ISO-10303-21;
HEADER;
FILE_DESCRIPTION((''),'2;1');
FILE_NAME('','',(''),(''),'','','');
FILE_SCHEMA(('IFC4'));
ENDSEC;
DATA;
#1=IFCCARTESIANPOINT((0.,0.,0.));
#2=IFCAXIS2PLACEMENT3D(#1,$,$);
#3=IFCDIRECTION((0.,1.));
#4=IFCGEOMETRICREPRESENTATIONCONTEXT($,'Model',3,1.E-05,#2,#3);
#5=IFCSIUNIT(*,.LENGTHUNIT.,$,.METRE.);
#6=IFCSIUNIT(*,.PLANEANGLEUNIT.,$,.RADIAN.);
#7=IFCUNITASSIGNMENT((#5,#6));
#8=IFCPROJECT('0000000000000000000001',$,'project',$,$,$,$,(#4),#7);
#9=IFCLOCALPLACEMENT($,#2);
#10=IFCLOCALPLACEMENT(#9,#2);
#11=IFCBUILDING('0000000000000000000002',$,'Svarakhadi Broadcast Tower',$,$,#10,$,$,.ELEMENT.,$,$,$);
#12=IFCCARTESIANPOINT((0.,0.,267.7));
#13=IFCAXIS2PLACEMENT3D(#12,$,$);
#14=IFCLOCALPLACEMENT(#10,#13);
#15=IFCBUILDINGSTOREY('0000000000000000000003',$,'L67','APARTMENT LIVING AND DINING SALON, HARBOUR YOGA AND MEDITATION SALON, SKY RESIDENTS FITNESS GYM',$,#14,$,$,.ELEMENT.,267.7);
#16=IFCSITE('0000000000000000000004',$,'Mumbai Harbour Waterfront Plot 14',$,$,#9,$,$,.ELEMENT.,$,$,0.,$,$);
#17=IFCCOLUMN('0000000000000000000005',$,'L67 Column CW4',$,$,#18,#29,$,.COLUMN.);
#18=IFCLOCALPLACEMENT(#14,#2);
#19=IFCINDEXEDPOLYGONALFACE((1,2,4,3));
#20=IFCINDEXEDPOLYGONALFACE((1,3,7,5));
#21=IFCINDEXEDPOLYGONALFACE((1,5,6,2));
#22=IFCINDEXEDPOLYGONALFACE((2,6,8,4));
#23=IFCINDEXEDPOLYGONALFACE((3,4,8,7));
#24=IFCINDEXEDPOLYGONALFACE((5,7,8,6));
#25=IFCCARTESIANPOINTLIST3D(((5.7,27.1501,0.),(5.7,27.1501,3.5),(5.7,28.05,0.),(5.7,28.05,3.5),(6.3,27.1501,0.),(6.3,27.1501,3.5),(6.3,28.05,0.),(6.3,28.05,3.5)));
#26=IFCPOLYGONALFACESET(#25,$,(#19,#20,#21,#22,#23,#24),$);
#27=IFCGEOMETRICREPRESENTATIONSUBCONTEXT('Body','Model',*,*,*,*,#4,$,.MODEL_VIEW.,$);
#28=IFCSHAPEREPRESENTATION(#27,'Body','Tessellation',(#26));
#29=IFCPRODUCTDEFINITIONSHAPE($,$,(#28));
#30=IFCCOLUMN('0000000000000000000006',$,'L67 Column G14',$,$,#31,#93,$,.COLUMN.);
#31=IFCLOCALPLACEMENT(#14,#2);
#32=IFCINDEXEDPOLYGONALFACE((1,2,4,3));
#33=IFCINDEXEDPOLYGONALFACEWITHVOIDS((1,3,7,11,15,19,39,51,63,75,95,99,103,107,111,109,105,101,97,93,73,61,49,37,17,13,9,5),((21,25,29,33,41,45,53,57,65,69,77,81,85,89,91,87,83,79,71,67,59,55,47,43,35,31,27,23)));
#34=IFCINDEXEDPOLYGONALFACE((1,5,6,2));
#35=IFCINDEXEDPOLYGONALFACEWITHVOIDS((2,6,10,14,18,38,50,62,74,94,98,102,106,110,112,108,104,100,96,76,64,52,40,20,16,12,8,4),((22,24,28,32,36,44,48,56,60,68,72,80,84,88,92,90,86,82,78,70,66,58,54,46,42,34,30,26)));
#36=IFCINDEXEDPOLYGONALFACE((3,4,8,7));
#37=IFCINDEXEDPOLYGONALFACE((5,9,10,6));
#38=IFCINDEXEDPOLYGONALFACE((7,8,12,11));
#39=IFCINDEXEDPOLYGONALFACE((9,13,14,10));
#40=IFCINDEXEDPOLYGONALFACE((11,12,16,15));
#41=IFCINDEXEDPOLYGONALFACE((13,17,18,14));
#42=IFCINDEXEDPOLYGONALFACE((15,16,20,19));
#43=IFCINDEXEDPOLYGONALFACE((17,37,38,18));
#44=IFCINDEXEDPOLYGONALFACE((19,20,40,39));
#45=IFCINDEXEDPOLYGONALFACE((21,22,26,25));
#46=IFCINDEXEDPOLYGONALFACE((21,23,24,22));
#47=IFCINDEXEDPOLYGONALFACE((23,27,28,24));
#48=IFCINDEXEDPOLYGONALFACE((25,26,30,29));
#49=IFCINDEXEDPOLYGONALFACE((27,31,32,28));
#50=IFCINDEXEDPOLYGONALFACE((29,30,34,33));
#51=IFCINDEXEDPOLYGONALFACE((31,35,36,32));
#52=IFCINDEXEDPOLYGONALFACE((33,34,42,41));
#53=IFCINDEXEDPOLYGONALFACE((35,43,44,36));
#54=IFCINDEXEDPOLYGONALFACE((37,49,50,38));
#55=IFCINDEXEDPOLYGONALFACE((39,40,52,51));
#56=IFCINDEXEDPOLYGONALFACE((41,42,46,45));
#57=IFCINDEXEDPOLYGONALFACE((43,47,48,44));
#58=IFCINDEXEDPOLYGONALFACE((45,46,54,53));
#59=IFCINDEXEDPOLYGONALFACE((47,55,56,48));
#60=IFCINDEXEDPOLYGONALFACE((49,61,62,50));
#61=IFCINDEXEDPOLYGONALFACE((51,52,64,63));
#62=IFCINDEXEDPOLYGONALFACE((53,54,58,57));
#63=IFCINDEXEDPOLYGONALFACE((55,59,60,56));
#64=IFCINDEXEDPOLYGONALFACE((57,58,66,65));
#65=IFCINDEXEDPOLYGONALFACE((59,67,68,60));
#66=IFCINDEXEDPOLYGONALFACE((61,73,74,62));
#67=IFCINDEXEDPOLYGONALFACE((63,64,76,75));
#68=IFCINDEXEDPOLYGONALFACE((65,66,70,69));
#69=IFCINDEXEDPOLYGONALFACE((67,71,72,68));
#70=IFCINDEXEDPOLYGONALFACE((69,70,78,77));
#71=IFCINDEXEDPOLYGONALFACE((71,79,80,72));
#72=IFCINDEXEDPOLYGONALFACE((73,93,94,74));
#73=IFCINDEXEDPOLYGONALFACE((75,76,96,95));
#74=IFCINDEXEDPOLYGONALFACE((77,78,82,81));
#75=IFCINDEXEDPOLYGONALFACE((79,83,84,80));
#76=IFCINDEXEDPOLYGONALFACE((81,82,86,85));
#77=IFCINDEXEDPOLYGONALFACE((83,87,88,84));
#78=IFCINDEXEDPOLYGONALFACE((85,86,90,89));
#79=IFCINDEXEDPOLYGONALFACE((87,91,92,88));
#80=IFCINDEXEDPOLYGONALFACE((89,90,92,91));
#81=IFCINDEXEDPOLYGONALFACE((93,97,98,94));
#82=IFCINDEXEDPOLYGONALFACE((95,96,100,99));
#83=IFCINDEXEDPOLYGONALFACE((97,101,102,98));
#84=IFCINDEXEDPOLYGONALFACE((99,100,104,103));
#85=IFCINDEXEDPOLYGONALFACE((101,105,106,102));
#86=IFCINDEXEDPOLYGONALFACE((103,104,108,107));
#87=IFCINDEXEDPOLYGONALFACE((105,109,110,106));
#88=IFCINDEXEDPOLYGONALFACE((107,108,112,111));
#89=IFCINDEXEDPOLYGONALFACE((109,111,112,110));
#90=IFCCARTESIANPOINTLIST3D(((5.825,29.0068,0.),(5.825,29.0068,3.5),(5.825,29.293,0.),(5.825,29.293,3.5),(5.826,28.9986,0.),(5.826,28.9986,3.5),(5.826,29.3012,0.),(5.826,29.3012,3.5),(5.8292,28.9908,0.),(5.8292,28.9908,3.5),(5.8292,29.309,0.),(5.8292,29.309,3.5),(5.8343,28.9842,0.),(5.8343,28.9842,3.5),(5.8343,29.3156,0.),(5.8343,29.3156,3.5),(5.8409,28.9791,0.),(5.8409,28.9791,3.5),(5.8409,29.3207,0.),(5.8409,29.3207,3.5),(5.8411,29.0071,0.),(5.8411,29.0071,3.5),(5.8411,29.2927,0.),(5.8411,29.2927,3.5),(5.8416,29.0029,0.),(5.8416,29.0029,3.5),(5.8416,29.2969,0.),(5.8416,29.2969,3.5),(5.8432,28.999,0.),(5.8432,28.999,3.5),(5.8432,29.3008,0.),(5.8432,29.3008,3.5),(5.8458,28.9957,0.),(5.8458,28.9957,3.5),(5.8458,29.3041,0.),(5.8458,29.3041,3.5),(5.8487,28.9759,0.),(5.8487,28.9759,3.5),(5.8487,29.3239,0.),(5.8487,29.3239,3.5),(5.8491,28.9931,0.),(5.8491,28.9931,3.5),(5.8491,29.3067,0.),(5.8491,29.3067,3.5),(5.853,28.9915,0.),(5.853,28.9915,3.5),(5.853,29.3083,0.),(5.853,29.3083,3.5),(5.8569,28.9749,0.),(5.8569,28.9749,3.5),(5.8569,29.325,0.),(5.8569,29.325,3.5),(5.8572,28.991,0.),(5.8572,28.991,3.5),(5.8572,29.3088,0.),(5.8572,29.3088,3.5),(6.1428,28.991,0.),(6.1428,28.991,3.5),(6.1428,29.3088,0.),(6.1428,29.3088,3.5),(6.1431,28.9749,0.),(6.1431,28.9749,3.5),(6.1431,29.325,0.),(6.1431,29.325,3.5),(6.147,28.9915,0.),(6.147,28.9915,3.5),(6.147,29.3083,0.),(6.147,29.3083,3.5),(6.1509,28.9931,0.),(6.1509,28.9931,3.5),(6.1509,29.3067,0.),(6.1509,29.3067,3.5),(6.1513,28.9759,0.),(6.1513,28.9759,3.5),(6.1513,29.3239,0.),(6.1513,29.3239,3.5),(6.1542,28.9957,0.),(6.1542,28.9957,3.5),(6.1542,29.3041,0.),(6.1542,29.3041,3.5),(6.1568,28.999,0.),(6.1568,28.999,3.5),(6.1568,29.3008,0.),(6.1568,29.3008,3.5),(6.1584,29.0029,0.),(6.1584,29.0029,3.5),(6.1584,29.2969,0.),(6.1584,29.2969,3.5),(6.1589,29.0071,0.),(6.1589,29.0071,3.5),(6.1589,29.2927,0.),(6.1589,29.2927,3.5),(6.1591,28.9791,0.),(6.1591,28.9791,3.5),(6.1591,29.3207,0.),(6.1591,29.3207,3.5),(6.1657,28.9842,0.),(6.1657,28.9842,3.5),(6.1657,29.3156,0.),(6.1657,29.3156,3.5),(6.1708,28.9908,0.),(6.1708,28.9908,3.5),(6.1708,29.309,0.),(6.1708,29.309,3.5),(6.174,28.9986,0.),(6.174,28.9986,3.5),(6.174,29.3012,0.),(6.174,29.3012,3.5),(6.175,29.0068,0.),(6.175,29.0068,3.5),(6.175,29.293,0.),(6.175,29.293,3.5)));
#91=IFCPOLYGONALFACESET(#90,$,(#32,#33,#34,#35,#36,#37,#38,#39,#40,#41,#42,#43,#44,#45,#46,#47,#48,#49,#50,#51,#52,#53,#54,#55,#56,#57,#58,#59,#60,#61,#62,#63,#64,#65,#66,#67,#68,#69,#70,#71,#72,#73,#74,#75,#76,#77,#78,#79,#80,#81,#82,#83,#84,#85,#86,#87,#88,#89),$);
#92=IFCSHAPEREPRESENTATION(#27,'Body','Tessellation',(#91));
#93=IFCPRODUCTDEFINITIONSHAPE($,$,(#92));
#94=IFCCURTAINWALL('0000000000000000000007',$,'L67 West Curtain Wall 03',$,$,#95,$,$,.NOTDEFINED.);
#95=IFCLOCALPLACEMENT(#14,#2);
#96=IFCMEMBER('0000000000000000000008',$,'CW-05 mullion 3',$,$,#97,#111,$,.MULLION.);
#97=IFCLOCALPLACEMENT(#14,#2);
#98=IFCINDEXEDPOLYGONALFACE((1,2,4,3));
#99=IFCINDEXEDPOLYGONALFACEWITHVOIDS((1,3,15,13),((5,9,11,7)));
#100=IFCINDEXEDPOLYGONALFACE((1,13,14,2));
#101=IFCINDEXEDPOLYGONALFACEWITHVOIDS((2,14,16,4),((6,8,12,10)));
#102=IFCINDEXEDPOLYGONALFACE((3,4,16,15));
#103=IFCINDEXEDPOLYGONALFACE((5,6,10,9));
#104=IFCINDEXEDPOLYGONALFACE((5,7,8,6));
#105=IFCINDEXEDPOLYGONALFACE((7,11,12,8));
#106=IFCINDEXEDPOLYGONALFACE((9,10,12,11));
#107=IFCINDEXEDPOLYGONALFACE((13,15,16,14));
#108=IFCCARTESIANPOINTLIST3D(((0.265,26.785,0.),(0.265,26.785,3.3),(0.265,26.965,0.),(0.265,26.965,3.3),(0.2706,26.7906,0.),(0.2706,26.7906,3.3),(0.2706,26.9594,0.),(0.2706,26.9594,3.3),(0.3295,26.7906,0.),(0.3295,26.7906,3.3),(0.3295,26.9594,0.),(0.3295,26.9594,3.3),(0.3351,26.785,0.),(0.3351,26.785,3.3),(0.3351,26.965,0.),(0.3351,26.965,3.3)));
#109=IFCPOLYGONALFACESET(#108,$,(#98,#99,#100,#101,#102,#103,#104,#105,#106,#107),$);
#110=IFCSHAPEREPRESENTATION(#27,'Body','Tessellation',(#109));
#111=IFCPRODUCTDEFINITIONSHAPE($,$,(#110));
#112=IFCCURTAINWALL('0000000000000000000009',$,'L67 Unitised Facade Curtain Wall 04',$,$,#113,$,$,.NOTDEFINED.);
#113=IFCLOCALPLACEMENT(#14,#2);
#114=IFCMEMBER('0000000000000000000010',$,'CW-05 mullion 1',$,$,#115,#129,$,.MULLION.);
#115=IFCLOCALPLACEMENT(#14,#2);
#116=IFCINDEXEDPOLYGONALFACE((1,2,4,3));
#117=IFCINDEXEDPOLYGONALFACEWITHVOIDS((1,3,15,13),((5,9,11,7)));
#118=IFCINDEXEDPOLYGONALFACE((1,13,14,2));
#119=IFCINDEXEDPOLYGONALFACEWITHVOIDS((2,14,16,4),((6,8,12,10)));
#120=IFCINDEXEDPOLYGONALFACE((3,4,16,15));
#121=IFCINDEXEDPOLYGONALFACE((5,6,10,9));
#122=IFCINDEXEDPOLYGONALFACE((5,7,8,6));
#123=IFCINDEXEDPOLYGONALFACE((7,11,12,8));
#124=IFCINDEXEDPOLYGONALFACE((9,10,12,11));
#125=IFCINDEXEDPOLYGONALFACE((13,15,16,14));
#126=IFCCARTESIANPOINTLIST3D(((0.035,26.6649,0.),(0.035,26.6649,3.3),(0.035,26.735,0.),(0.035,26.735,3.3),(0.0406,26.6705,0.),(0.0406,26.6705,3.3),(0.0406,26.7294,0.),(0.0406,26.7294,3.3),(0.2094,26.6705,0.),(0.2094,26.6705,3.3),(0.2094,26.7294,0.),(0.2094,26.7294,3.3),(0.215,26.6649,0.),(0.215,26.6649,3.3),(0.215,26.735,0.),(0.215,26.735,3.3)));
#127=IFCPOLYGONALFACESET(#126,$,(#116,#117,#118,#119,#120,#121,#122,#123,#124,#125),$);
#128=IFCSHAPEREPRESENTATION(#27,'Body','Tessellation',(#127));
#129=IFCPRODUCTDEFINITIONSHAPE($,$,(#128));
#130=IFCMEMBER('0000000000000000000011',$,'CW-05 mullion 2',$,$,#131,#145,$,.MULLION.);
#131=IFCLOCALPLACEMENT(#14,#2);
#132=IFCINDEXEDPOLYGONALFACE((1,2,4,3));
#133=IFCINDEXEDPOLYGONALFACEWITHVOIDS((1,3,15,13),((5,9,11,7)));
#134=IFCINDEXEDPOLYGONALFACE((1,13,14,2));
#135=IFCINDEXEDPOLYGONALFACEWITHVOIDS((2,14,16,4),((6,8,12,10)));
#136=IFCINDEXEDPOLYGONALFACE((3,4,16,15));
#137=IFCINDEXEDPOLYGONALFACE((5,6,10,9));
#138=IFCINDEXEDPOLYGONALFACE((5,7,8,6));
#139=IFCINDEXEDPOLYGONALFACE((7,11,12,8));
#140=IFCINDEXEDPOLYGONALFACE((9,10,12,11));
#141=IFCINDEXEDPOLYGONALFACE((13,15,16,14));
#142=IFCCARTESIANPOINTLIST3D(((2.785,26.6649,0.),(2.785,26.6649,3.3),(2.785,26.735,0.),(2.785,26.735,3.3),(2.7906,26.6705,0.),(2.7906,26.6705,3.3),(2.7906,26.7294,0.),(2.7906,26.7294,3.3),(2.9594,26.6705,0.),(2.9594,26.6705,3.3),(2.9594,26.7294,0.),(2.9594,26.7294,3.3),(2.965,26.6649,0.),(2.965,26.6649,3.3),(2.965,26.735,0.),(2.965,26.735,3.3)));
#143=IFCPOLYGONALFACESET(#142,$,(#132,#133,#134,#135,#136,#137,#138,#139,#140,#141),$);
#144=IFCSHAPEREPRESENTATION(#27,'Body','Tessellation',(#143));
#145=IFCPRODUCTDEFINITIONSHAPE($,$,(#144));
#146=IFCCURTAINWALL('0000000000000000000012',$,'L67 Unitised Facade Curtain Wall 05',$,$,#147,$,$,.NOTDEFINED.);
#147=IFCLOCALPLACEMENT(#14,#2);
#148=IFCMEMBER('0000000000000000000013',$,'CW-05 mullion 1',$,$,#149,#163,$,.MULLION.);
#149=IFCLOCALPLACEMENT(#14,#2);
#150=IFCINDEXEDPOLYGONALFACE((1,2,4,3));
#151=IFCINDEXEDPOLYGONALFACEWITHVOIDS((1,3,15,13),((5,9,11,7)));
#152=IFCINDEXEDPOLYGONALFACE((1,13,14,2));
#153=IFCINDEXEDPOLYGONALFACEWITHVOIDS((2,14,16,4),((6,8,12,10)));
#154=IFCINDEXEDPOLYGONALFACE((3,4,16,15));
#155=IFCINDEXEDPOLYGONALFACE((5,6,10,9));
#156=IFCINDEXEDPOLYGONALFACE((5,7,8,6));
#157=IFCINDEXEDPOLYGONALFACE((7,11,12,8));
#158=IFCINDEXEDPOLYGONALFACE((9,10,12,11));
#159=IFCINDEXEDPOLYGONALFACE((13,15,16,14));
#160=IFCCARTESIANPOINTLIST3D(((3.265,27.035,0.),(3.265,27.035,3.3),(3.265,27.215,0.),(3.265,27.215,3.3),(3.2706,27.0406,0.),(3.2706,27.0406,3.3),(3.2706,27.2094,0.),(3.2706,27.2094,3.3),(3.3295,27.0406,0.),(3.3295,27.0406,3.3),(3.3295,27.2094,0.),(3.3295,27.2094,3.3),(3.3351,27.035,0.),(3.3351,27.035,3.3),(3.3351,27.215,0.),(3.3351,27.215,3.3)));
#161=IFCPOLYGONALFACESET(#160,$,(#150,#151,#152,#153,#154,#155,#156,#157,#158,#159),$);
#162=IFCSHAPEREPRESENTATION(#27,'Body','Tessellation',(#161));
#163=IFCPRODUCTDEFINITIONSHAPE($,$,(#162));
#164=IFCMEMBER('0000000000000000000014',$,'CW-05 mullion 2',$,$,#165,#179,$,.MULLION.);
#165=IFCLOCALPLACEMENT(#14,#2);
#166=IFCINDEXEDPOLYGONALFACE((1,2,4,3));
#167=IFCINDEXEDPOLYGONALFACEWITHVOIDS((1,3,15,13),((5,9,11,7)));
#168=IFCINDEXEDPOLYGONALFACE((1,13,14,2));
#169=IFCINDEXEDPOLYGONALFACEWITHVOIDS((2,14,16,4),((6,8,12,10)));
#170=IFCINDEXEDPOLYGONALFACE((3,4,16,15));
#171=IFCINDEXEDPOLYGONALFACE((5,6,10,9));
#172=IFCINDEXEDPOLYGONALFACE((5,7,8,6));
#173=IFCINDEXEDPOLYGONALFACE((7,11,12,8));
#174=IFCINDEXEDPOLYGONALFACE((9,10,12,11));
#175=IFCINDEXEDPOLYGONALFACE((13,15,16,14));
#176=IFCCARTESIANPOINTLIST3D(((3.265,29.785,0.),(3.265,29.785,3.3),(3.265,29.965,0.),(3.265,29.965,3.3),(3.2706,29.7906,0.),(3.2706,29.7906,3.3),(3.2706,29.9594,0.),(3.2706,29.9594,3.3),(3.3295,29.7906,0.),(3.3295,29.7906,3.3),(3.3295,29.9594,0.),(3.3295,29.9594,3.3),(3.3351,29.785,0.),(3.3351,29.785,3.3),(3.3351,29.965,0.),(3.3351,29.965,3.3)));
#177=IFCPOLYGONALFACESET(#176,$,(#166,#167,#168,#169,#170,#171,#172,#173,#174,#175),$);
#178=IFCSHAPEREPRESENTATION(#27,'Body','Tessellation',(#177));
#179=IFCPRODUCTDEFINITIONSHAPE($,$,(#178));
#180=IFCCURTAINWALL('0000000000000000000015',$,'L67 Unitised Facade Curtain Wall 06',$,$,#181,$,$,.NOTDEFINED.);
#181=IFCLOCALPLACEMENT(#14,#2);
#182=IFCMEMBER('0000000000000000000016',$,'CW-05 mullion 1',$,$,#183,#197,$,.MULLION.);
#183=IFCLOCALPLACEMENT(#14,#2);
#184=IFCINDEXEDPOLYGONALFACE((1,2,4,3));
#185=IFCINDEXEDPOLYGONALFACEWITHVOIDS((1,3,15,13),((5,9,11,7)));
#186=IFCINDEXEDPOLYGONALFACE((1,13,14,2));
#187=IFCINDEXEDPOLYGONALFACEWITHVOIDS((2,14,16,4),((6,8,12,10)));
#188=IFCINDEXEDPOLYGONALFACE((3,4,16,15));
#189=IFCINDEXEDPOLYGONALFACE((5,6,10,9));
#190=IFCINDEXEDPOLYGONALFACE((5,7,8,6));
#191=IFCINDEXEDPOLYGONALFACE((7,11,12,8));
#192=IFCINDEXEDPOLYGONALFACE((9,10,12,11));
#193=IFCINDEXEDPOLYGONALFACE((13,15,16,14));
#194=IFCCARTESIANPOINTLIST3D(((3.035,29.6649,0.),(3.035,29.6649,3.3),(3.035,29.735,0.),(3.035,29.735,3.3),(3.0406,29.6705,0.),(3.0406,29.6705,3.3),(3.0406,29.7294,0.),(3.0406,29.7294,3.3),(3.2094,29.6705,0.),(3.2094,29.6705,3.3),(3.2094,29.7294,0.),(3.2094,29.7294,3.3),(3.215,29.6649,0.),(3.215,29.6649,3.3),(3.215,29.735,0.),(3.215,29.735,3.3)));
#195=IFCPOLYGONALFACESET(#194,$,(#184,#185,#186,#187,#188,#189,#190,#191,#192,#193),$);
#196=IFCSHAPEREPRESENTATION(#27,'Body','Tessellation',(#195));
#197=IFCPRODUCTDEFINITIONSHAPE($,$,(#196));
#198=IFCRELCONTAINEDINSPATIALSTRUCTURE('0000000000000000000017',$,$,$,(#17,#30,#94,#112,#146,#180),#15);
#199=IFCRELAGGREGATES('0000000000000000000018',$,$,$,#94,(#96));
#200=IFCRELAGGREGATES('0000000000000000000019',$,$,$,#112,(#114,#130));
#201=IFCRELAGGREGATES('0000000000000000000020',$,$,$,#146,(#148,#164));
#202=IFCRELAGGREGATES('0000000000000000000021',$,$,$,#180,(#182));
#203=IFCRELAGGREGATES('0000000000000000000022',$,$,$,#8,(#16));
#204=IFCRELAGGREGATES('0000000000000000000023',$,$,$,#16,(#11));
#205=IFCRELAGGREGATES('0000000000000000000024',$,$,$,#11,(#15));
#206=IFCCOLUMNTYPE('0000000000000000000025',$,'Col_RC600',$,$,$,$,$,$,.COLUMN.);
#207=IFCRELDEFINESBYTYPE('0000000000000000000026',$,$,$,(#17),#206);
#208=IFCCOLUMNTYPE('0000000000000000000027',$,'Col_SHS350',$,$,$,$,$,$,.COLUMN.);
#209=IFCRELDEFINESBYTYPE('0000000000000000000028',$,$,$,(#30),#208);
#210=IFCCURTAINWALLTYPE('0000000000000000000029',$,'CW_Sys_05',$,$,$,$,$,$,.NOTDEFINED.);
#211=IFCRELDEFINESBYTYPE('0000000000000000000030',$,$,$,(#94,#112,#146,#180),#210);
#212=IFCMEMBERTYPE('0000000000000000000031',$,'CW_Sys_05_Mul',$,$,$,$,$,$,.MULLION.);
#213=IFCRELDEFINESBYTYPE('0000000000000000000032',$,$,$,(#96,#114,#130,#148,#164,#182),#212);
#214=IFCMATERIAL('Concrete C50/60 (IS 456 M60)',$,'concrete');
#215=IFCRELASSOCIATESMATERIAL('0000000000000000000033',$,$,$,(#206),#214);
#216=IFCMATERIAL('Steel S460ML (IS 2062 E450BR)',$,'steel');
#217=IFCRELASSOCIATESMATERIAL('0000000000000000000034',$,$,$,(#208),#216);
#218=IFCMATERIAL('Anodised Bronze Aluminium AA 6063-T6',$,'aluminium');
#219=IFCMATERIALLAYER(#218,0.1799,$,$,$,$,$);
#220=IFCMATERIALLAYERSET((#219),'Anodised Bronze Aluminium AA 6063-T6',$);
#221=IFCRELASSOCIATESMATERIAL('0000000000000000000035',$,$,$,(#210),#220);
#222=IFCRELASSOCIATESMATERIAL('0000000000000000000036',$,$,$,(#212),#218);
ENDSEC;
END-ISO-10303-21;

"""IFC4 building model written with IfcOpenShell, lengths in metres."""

from ifc_helpers import new_model, si_unit, direction, frame, origin, origin_2d, place, context, subcontext, project, spatial, rectangle, hollow_rectangle, extrude, material, layer, layer_set, material_profile, profile_set, type_object, element, aggregate, save


model = new_model("IFC4")

# Units and contexts
model_context = context("Model", 3, precision=1e-05, world=origin(), true_north=direction((0.0, 1.0)))
body_context = subcontext(model_context, "Body", "Model", "MODEL_VIEW")
ifc_project = project(units=[si_unit("LENGTHUNIT", "METRE"), si_unit("PLANEANGLEUNIT", "RADIAN")], contexts=[model_context])

# Site, building, storey
site_placement = place(None, origin())
site = spatial("IfcSite", under=ifc_project, at=site_placement, Name="Mumbai Harbour Waterfront Plot 14", CompositionType="ELEMENT", RefElevation=0.0)
building_placement = place(site_placement, origin())
building = spatial("IfcBuilding", under=site, at=building_placement, Name="Svarakhadi Broadcast Tower", CompositionType="ELEMENT")
storey_placement = place(building_placement, frame((0.0, 0.0, 267.7)))
storey = spatial("IfcBuildingStorey", under=building, at=storey_placement, Name="L67", Description="APARTMENT LIVING AND DINING SALON, HARBOUR YOGA AND MEDITATION SALON, SKY RESIDENTS FITNESS GYM", CompositionType="ELEMENT", Elevation=267.7)

# Columns
ifc_material_1 = material(Name="Concrete C50/60 (IS 456 M60)", Category="concrete")
ifc_material_profile_1 = material_profile(ifc_material_1, rectangle(XDim=0.6001, YDim=0.8999, at=origin_2d()), Name="RC 600x900")
ifc_profile_set_1 = profile_set([ifc_material_profile_1], Name="Concrete C50/60 (IS 456 M60)")
column_type_1 = type_object("IfcColumnType", Name="Col_RC600", PredefinedType="COLUMN", material=ifc_profile_set_1)
column_1_placement = place(storey_placement, frame((6.0, 27.6001, 0.0), z_axis=(0.0, 0.0, 1.0), x_axis=(1.0, 0.0, 0.0)))
element("IfcColumn", 1, at=column_1_placement, inside=storey, type_object=column_type_1, Name="L67 Column CW4", PredefinedType="COLUMN", context=body_context, shape_type="SweptSolid", body=[
    extrude(rectangle(XDim=0.6001, YDim=0.8999, at=origin_2d()), origin(), (0.0, 0.0, 1.0), 3.5),
])
ifc_material_2 = material(Name="Steel S460ML (IS 2062 E450BR)", Category="steel")
ifc_material_profile_2 = material_profile(ifc_material_2, hollow_rectangle(XDim=0.3501, YDim=0.3501, WallThickness=0.0161, InnerFilletRadius=0.0161, OuterFilletRadius=0.032, at=origin_2d()), Name="SHS 350x350x16")
ifc_profile_set_2 = profile_set([ifc_material_profile_2], Name="Steel S460ML (IS 2062 E450BR)")
column_type_2 = type_object("IfcColumnType", Name="Col_SHS350", PredefinedType="COLUMN", material=ifc_profile_set_2)
column_2_placement = place(storey_placement, frame((6.0, 29.1499, 0.0), z_axis=(0.0, 0.0, 1.0), x_axis=(1.0, 0.0, 0.0)))
element("IfcColumn", 2, at=column_2_placement, inside=storey, type_object=column_type_2, Name="L67 Column G14", PredefinedType="COLUMN", context=body_context, shape_type="SweptSolid", body=[
    extrude(hollow_rectangle(XDim=0.3501, YDim=0.3501, WallThickness=0.0161, InnerFilletRadius=0.0161, OuterFilletRadius=0.032, at=origin_2d()), origin(), (0.0, 0.0, 1.0), 3.5),
])

# Curtain wall, member
ifc_material_3 = material(Name="Anodised Bronze Aluminium AA 6063-T6", Category="aluminium")
ifc_layer_1 = layer(ifc_material_3, 0.1799)
ifc_layer_set_1 = layer_set([ifc_layer_1], Name="Anodised Bronze Aluminium AA 6063-T6")
curtain_wall_type = type_object("IfcCurtainWallType", Name="CW_Sys_05", PredefinedType="NOTDEFINED", material=ifc_layer_set_1)
curtain_wall_1_placement = place(storey_placement, origin())
curtain_wall_1 = element("IfcCurtainWall", 3, at=curtain_wall_1_placement, inside=storey, type_object=curtain_wall_type, Name="L67 West Curtain Wall 03", PredefinedType="NOTDEFINED")
ifc_material_profile_3 = material_profile(ifc_material_3, hollow_rectangle(XDim=0.0701, YDim=0.1799, WallThickness=0.0056, at=origin_2d()), Name="ALU MULLION 180x70x6")
ifc_profile_set_3 = profile_set([ifc_material_profile_3], Name="Anodised Bronze Aluminium AA 6063-T6")
member_type_1 = type_object("IfcMemberType", Name="CW_Sys_05_Mul", PredefinedType="MULLION", material=ifc_profile_set_3)
member_1_placement = place(storey_placement, frame((0.3, 26.875, 0.0), z_axis=(0.0, 0.0, 1.0), x_axis=(-1.0, 0.0, 0.0)))
member_1 = element("IfcMember", 4, at=member_1_placement, type_object=member_type_1, Name="CW-05 mullion 3", PredefinedType="MULLION", context=body_context, shape_type="SweptSolid", body=[
    extrude(hollow_rectangle(XDim=0.0701, YDim=0.1799, WallThickness=0.0056, at=origin_2d()), origin(), (0.0, 0.0, 1.0), 3.3),
])

# Curtain walls, members
curtain_wall_2_placement = place(storey_placement, origin())
curtain_wall_2 = element("IfcCurtainWall", 5, at=curtain_wall_2_placement, inside=storey, type_object=curtain_wall_type, Name="L67 Unitised Facade Curtain Wall 04", PredefinedType="NOTDEFINED")
member_2_placement = place(storey_placement, frame((0.125, 26.7, 0.0), z_axis=(0.0, 0.0, 1.0), x_axis=(0.0, 1.0, 0.0)))
member_2 = element("IfcMember", 6, at=member_2_placement, type_object=member_type_1, Name="CW-05 mullion 1", PredefinedType="MULLION", context=body_context, shape_type="SweptSolid", body=[
    extrude(hollow_rectangle(XDim=0.0701, YDim=0.1799, WallThickness=0.0056, at=origin_2d()), origin(), (0.0, 0.0, 1.0), 3.3),
])
member_3_placement = place(storey_placement, frame((2.875, 26.7, 0.0), z_axis=(0.0, 0.0, 1.0), x_axis=(0.0, 1.0, 0.0)))
member_3 = element("IfcMember", 7, at=member_3_placement, type_object=member_type_1, Name="CW-05 mullion 2", PredefinedType="MULLION", context=body_context, shape_type="SweptSolid", body=[
    extrude(hollow_rectangle(XDim=0.0701, YDim=0.1799, WallThickness=0.0056, at=origin_2d()), origin(), (0.0, 0.0, 1.0), 3.3),
])
curtain_wall_3_placement = place(storey_placement, origin())
curtain_wall_3 = element("IfcCurtainWall", 8, at=curtain_wall_3_placement, inside=storey, type_object=curtain_wall_type, Name="L67 Unitised Facade Curtain Wall 05", PredefinedType="NOTDEFINED")
member_4_placement = place(storey_placement, frame((3.3, 27.125, 0.0), z_axis=(0.0, 0.0, 1.0), x_axis=(-1.0, 0.0, 0.0)))
member_4 = element("IfcMember", 9, at=member_4_placement, type_object=member_type_1, Name="CW-05 mullion 1", PredefinedType="MULLION", context=body_context, shape_type="SweptSolid", body=[
    extrude(hollow_rectangle(XDim=0.0701, YDim=0.1799, WallThickness=0.0056, at=origin_2d()), origin(), (0.0, 0.0, 1.0), 3.3),
])
member_5_placement = place(storey_placement, frame((3.3, 29.875, 0.0), z_axis=(0.0, 0.0, 1.0), x_axis=(-1.0, 0.0, 0.0)))
member_5 = element("IfcMember", 10, at=member_5_placement, type_object=member_type_1, Name="CW-05 mullion 2", PredefinedType="MULLION", context=body_context, shape_type="SweptSolid", body=[
    extrude(hollow_rectangle(XDim=0.0701, YDim=0.1799, WallThickness=0.0056, at=origin_2d()), origin(), (0.0, 0.0, 1.0), 3.3),
])

# Curtain wall, member
curtain_wall_4_placement = place(storey_placement, origin())
curtain_wall_4 = element("IfcCurtainWall", 11, at=curtain_wall_4_placement, inside=storey, type_object=curtain_wall_type, Name="L67 Unitised Facade Curtain Wall 06", PredefinedType="NOTDEFINED")
member_6_placement = place(storey_placement, frame((3.125, 29.7, 0.0), z_axis=(0.0, 0.0, 1.0), x_axis=(0.0, 1.0, 0.0)))
member_6 = element("IfcMember", 12, at=member_6_placement, type_object=member_type_1, Name="CW-05 mullion 1", PredefinedType="MULLION", context=body_context, shape_type="SweptSolid", body=[
    extrude(hollow_rectangle(XDim=0.0701, YDim=0.1799, WallThickness=0.0056, at=origin_2d()), origin(), (0.0, 0.0, 1.0), 3.3),
])

aggregate(curtain_wall_1, [member_1])
aggregate(curtain_wall_2, [member_2, member_3])
aggregate(curtain_wall_3, [member_4, member_5])
aggregate(curtain_wall_4, [member_6])

save(model, "model.ifc")
